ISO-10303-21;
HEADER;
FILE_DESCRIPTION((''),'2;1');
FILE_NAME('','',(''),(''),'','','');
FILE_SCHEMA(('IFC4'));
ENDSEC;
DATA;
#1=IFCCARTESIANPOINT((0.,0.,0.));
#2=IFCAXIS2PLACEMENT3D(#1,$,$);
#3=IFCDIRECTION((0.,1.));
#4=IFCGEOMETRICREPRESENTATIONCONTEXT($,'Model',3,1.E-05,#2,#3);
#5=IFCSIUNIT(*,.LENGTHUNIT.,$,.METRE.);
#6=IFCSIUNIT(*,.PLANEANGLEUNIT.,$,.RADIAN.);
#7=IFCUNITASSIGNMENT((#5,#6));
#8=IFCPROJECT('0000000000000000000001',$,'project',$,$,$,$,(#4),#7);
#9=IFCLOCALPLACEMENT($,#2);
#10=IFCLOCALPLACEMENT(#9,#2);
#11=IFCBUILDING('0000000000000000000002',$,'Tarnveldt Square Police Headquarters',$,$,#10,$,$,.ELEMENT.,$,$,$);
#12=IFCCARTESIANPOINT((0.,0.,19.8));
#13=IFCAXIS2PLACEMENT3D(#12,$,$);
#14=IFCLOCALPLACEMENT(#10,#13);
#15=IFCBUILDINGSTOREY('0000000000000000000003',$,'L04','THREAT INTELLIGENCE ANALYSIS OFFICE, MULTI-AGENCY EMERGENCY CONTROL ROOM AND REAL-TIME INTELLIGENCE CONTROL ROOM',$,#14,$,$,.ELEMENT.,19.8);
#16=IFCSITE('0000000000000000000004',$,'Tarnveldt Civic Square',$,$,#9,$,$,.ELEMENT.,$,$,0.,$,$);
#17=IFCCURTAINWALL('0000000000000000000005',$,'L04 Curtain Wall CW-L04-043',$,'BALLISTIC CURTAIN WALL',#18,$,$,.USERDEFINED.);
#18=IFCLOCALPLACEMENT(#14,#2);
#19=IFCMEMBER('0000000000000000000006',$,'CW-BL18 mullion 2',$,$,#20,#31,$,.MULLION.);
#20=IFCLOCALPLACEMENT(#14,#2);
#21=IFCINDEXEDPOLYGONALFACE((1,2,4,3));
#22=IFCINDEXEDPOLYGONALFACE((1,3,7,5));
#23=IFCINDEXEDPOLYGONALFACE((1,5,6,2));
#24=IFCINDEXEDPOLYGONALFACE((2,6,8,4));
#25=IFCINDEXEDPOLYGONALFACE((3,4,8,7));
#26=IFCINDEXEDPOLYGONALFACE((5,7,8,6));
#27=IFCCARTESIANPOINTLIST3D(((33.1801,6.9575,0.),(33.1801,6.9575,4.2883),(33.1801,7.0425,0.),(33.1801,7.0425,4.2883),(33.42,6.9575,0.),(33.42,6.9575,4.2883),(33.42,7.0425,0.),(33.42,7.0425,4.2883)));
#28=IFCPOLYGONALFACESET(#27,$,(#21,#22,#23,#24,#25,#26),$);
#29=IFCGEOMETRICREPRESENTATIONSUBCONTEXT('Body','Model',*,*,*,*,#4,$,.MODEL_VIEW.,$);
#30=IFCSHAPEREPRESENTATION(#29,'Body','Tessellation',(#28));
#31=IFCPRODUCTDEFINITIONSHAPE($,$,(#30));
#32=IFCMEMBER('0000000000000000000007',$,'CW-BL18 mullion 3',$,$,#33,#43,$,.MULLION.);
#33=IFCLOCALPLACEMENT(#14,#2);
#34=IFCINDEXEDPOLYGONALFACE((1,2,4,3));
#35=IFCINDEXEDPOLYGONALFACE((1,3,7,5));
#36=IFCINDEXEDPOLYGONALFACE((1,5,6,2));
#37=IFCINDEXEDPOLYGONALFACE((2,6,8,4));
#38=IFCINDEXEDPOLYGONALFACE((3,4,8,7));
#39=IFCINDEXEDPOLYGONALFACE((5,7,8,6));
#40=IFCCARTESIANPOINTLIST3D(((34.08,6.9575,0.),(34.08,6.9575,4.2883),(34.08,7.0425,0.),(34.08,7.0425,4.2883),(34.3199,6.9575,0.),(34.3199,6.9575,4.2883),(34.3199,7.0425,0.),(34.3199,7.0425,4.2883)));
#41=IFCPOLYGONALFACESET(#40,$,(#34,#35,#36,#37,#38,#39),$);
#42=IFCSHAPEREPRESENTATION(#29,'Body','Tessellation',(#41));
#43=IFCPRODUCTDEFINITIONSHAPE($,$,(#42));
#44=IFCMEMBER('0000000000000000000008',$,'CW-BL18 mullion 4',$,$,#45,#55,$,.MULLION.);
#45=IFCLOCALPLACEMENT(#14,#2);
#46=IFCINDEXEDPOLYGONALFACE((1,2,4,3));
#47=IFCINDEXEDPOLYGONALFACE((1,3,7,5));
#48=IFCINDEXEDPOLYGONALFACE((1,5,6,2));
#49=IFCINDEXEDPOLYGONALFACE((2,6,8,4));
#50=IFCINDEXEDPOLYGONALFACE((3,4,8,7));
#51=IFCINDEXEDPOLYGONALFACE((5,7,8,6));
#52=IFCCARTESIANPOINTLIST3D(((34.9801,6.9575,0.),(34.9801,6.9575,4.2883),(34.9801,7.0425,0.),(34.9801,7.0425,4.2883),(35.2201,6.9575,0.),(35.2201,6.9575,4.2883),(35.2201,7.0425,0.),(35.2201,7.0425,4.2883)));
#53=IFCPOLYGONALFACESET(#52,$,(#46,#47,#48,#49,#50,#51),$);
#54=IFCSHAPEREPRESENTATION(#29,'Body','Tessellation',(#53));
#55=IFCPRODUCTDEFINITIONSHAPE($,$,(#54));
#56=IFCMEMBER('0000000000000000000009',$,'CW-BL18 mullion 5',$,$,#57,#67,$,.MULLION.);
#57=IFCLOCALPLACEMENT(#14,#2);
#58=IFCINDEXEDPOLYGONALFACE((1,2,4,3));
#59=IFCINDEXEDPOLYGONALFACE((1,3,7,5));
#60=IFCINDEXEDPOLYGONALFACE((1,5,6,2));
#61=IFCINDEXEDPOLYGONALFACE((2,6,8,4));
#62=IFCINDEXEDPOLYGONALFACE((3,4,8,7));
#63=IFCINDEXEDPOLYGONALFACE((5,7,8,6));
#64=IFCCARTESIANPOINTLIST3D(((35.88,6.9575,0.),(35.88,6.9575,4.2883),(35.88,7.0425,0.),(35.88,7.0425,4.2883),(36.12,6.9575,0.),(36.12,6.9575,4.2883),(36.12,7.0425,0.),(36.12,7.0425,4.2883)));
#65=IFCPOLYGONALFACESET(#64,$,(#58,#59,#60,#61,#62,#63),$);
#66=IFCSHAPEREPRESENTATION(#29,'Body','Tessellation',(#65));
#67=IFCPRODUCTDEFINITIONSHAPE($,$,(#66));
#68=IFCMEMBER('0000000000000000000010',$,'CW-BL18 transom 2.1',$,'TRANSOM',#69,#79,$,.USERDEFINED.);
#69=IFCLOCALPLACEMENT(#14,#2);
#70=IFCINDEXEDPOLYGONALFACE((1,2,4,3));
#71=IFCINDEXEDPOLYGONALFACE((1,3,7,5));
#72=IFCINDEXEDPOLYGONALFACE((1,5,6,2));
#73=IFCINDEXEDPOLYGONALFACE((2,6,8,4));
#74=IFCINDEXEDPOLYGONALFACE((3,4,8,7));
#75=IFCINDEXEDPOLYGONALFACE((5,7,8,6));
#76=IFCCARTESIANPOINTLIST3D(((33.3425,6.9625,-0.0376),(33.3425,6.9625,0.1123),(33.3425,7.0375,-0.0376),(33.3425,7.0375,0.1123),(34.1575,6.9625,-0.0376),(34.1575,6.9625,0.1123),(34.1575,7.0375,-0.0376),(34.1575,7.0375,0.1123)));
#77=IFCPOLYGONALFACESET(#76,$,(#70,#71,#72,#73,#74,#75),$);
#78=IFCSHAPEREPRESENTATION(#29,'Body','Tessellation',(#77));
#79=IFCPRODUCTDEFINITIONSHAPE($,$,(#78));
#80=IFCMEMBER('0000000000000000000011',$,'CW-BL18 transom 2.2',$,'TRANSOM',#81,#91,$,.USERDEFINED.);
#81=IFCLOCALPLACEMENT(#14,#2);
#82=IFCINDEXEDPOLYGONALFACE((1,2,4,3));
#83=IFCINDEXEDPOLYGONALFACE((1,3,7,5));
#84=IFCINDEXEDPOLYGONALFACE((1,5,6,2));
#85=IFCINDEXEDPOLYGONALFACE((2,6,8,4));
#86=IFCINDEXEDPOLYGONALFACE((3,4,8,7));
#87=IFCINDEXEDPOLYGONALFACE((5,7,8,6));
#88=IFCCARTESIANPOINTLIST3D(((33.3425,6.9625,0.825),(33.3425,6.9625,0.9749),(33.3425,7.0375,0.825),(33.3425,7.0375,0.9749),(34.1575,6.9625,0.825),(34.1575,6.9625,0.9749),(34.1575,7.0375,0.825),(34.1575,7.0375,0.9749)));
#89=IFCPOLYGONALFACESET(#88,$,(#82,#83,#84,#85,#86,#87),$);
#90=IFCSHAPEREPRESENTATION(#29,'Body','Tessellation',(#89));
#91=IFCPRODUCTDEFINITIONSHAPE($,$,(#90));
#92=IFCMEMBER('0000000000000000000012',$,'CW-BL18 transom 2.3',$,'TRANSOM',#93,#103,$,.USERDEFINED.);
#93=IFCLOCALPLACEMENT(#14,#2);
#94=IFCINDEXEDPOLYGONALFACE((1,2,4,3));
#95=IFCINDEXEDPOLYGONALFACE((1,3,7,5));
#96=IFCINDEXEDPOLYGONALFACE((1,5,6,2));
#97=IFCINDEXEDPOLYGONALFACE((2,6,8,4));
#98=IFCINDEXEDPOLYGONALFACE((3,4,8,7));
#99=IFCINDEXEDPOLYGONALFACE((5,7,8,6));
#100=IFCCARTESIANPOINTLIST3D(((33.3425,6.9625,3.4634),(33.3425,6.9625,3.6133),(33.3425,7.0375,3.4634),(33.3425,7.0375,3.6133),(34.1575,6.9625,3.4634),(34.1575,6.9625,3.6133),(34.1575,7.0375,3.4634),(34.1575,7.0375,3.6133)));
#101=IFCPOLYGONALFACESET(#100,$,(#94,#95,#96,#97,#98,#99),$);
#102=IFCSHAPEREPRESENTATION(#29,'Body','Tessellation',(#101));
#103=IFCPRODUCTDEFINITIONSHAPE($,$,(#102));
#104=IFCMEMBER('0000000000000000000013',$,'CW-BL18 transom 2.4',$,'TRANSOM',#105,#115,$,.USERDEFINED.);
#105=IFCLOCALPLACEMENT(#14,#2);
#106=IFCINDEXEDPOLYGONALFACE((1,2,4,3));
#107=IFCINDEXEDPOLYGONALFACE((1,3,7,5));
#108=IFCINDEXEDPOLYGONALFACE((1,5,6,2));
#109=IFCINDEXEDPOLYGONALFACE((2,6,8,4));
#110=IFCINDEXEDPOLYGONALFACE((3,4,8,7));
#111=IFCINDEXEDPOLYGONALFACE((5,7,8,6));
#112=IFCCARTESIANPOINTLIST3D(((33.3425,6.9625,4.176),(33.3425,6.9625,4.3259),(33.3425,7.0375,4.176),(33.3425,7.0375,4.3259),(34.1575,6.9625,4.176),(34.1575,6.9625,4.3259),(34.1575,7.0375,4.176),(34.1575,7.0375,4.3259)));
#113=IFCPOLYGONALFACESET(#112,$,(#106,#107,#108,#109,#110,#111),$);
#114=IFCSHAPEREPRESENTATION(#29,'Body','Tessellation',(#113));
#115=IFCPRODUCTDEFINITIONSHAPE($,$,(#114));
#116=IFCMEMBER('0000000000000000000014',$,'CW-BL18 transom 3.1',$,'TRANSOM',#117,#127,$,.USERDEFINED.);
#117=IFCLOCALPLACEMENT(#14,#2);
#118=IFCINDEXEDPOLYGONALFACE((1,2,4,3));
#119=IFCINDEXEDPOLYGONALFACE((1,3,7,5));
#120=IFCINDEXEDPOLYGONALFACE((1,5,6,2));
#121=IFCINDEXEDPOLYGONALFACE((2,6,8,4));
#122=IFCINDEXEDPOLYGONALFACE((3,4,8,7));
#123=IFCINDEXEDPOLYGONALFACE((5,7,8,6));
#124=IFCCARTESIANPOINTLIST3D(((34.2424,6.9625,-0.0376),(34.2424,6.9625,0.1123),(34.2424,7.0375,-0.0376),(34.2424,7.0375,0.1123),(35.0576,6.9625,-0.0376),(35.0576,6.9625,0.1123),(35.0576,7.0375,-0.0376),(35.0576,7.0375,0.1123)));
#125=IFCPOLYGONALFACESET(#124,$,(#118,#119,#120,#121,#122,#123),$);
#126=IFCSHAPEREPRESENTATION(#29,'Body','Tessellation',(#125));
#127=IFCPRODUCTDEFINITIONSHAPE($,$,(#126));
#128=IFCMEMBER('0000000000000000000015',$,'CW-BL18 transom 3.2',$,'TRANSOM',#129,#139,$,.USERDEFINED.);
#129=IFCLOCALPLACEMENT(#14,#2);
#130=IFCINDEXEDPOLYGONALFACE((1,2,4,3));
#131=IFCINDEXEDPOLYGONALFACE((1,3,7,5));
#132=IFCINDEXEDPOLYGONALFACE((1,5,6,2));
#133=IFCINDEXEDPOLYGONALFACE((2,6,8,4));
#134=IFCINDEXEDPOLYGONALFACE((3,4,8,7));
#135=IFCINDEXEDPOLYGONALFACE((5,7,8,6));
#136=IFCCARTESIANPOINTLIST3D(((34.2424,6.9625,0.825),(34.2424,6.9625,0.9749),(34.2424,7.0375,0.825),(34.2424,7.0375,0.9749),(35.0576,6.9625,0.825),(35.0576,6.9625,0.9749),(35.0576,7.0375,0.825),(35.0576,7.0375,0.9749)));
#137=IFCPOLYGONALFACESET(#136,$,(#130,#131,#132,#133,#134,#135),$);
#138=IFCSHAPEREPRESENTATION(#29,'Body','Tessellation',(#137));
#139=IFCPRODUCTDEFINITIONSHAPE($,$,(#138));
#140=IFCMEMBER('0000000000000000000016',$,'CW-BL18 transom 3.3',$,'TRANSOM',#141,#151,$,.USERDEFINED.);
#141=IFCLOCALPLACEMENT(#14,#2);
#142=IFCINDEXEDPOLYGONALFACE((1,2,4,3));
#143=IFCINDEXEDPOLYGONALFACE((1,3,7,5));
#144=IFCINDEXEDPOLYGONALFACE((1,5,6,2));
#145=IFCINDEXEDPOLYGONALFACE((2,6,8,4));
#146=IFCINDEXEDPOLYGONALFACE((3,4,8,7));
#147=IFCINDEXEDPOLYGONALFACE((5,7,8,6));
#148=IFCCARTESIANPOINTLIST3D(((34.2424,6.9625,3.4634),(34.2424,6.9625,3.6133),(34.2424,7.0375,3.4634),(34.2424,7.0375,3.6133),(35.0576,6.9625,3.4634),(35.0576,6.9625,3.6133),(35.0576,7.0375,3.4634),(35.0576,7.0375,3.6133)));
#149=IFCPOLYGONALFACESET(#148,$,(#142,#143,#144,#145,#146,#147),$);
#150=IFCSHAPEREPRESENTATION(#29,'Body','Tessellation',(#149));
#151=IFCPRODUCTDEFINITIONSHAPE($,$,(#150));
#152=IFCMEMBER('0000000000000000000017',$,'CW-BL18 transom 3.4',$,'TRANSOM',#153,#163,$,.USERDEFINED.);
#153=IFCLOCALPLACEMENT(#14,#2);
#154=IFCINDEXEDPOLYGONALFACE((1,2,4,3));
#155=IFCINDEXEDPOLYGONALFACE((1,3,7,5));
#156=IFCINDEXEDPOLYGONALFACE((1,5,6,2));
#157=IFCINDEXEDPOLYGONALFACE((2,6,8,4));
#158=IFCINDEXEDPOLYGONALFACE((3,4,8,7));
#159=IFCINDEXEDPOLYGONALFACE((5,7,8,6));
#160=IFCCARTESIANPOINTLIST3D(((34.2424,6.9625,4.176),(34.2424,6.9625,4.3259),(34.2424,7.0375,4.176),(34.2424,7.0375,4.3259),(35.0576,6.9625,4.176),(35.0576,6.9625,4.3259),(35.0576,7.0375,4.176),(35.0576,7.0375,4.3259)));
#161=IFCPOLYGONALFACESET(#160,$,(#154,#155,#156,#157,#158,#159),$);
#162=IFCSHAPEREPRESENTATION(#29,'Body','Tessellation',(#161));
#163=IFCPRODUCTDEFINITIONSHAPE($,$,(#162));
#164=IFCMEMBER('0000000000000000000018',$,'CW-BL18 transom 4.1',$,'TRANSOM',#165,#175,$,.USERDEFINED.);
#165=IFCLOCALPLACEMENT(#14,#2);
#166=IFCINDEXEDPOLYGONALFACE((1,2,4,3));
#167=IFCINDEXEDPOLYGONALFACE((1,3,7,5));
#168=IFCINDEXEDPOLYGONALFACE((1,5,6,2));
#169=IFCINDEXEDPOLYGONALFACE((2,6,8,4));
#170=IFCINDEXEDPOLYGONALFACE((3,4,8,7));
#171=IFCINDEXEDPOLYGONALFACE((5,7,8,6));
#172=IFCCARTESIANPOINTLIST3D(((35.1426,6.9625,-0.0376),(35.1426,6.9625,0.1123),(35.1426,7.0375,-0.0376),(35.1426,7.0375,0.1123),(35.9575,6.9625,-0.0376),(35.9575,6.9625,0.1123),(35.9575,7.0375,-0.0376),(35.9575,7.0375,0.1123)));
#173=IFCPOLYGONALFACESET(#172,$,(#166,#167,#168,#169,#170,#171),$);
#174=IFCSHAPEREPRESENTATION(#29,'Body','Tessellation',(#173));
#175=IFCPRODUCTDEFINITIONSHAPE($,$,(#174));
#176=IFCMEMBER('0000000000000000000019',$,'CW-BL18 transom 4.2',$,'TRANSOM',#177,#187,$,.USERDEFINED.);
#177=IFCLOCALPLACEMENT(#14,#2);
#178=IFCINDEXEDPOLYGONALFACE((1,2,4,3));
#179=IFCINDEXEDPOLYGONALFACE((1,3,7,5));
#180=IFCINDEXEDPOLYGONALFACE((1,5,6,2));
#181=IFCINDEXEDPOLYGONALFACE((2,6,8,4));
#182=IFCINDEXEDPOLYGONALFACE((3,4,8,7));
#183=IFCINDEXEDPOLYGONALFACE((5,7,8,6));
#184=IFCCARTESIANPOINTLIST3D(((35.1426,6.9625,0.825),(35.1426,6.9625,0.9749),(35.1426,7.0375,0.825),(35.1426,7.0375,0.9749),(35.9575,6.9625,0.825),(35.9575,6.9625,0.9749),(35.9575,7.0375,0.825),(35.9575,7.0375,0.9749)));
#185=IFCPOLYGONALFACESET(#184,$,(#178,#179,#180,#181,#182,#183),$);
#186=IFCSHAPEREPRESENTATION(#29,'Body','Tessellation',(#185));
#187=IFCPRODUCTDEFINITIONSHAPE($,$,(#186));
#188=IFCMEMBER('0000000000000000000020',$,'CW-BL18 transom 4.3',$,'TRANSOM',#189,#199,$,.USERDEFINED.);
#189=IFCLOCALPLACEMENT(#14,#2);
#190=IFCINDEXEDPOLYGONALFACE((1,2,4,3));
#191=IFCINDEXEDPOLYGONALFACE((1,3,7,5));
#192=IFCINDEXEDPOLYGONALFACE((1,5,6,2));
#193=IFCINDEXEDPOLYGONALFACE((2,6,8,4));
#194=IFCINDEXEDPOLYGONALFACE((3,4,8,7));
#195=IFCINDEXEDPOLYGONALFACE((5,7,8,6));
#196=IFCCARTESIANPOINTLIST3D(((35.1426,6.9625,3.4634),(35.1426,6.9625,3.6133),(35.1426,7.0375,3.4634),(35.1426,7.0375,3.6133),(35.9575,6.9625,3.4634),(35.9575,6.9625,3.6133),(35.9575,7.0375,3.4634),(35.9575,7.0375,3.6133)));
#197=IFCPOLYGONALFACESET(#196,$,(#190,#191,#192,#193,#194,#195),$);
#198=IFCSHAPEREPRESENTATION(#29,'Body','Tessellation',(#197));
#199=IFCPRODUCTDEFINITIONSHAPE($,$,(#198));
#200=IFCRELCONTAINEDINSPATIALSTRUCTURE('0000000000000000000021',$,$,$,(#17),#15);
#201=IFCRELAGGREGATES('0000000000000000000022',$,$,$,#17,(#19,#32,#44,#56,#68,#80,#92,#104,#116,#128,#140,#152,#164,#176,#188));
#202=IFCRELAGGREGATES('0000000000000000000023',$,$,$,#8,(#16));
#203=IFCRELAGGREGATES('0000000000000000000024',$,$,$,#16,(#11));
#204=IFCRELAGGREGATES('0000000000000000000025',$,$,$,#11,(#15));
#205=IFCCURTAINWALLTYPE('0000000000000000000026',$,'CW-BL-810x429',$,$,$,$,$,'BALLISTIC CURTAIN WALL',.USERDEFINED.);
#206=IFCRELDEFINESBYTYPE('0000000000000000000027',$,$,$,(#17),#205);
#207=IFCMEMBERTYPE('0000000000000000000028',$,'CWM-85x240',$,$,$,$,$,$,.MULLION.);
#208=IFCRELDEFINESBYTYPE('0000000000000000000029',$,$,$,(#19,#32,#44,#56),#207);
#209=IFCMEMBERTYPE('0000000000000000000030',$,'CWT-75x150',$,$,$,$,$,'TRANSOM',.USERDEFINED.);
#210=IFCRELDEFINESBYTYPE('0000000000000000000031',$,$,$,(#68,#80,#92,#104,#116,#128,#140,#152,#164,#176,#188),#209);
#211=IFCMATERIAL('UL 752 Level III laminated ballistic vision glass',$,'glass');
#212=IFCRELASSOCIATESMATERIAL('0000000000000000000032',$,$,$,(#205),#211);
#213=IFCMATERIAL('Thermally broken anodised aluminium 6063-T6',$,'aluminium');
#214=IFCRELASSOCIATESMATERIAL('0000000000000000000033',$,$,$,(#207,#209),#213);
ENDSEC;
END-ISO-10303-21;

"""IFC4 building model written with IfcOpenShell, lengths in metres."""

from ifc_helpers import new_model, si_unit, direction, frame, origin, origin_2d, place, context, subcontext, project, spatial, rectangle, extrude, material, material_profile, profile_set, type_object, element, aggregate, save


model = new_model("IFC4")

# Units and contexts
model_context = context("Model", 3, precision=1e-05, world=origin(), true_north=direction((0.0, 1.0)))
body_context = subcontext(model_context, "Body", "Model", "MODEL_VIEW")
ifc_project = project(units=[si_unit("LENGTHUNIT", "METRE"), si_unit("PLANEANGLEUNIT", "RADIAN")], contexts=[model_context])

# Site, building, storey
site_placement = place(None, origin())
site = spatial("IfcSite", under=ifc_project, at=site_placement, Name="Tarnveldt Civic Square", CompositionType="ELEMENT", RefElevation=0.0)
building_placement = place(site_placement, origin())
building = spatial("IfcBuilding", under=site, at=building_placement, Name="Tarnveldt Square Police Headquarters", CompositionType="ELEMENT")
storey_placement = place(building_placement, frame((0.0, 0.0, 19.8)))
storey = spatial("IfcBuildingStorey", under=building, at=storey_placement, Name="L04", Description="THREAT INTELLIGENCE ANALYSIS OFFICE, MULTI-AGENCY EMERGENCY CONTROL ROOM AND REAL-TIME INTELLIGENCE CONTROL ROOM", CompositionType="ELEMENT", Elevation=19.8)

# Curtain wall, members
ifc_material_1 = material(Name="UL 752 Level III laminated ballistic vision glass", Category="glass")
curtain_wall_type = type_object("IfcCurtainWallType", Name="CW-BL-810x429", ElementType="BALLISTIC CURTAIN WALL", PredefinedType="USERDEFINED", material=ifc_material_1)
curtain_wall_placement = place(storey_placement, origin())
curtain_wall = element("IfcCurtainWall", 1, at=curtain_wall_placement, inside=storey, type_object=curtain_wall_type, Name="L04 Curtain Wall CW-L04-043", ObjectType="BALLISTIC CURTAIN WALL", PredefinedType="USERDEFINED")
ifc_material_2 = material(Name="Thermally broken anodised aluminium 6063-T6", Category="aluminium")
ifc_material_profile_1 = material_profile(ifc_material_2, rectangle(XDim=0.085, YDim=0.24, at=origin_2d()), Name="CW-M85x240")
ifc_profile_set_1 = profile_set([ifc_material_profile_1], Name="Thermally broken anodised aluminium 6063-T6")
member_type_1 = type_object("IfcMemberType", Name="CWM-85x240", PredefinedType="MULLION", material=ifc_profile_set_1)
member_1_placement = place(storey_placement, frame((33.3, 7.0, 0.0), z_axis=(0.0, 0.0, 1.0), x_axis=(0.0, 1.0, 0.0)))
member_1 = element("IfcMember", 2, at=member_1_placement, type_object=member_type_1, Name="CW-BL18 mullion 2", PredefinedType="MULLION", context=body_context, shape_type="SweptSolid", body=[
    extrude(rectangle(XDim=0.085, YDim=0.24, at=origin_2d()), origin(), (0.0, 0.0, 1.0), 4.2883),
])
member_2_placement = place(storey_placement, frame((34.2, 7.0, 0.0), z_axis=(0.0, 0.0, 1.0), x_axis=(0.0, 1.0, 0.0)))
member_2 = element("IfcMember", 3, at=member_2_placement, type_object=member_type_1, Name="CW-BL18 mullion 3", PredefinedType="MULLION", context=body_context, shape_type="SweptSolid", body=[
    extrude(rectangle(XDim=0.085, YDim=0.24, at=origin_2d()), origin(), (0.0, 0.0, 1.0), 4.2883),
])
member_3_placement = place(storey_placement, frame((35.1001, 7.0, 0.0), z_axis=(0.0, 0.0, 1.0), x_axis=(0.0, 1.0, 0.0)))
member_3 = element("IfcMember", 4, at=member_3_placement, type_object=member_type_1, Name="CW-BL18 mullion 4", PredefinedType="MULLION", context=body_context, shape_type="SweptSolid", body=[
    extrude(rectangle(XDim=0.085, YDim=0.24, at=origin_2d()), origin(), (0.0, 0.0, 1.0), 4.2883),
])
member_4_placement = place(storey_placement, frame((36.0, 7.0, 0.0), z_axis=(0.0, 0.0, 1.0), x_axis=(0.0, 1.0, 0.0)))
member_4 = element("IfcMember", 5, at=member_4_placement, type_object=member_type_1, Name="CW-BL18 mullion 5", PredefinedType="MULLION", context=body_context, shape_type="SweptSolid", body=[
    extrude(rectangle(XDim=0.085, YDim=0.24, at=origin_2d()), origin(), (0.0, 0.0, 1.0), 4.2883),
])
ifc_material_profile_2 = material_profile(ifc_material_2, rectangle(XDim=0.075, YDim=0.1499, at=origin_2d()), Name="CW-T75x150")
ifc_profile_set_2 = profile_set([ifc_material_profile_2], Name="Thermally broken anodised aluminium 6063-T6")
member_type_2 = type_object("IfcMemberType", Name="CWT-75x150", ElementType="TRANSOM", PredefinedType="USERDEFINED", material=ifc_profile_set_2)
member_5_placement = place(storey_placement, frame((33.3425, 7.0, 0.0374), z_axis=(1.0, 0.0, 0.0), x_axis=(0.0, 1.0, 0.0)))
member_5 = element("IfcMember", 6, at=member_5_placement, type_object=member_type_2, Name="CW-BL18 transom 2.1", ObjectType="TRANSOM", PredefinedType="USERDEFINED", context=body_context, shape_type="SweptSolid", body=[
    extrude(rectangle(XDim=0.075, YDim=0.1499, at=origin_2d()), origin(), (0.0, 0.0, 1.0), 0.8149),
])
member_6_placement = place(storey_placement, frame((33.3425, 7.0, 0.8999), z_axis=(1.0, 0.0, 0.0), x_axis=(0.0, 1.0, 0.0)))
member_6 = element("IfcMember", 7, at=member_6_placement, type_object=member_type_2, Name="CW-BL18 transom 2.2", ObjectType="TRANSOM", PredefinedType="USERDEFINED", context=body_context, shape_type="SweptSolid", body=[
    extrude(rectangle(XDim=0.075, YDim=0.1499, at=origin_2d()), origin(), (0.0, 0.0, 1.0), 0.8149),
])
member_7_placement = place(storey_placement, frame((33.3425, 7.0, 3.5383), z_axis=(1.0, 0.0, 0.0), x_axis=(0.0, 1.0, 0.0)))
member_7 = element("IfcMember", 8, at=member_7_placement, type_object=member_type_2, Name="CW-BL18 transom 2.3", ObjectType="TRANSOM", PredefinedType="USERDEFINED", context=body_context, shape_type="SweptSolid", body=[
    extrude(rectangle(XDim=0.075, YDim=0.1499, at=origin_2d()), origin(), (0.0, 0.0, 1.0), 0.8149),
])
member_8_placement = place(storey_placement, frame((33.3425, 7.0, 4.251), z_axis=(1.0, 0.0, 0.0), x_axis=(0.0, 1.0, 0.0)))
member_8 = element("IfcMember", 9, at=member_8_placement, type_object=member_type_2, Name="CW-BL18 transom 2.4", ObjectType="TRANSOM", PredefinedType="USERDEFINED", context=body_context, shape_type="SweptSolid", body=[
    extrude(rectangle(XDim=0.075, YDim=0.1499, at=origin_2d()), origin(), (0.0, 0.0, 1.0), 0.8149),
])
member_9_placement = place(storey_placement, frame((34.2424, 7.0, 0.0374), z_axis=(1.0, 0.0, 0.0), x_axis=(0.0, 1.0, 0.0)))
member_9 = element("IfcMember", 10, at=member_9_placement, type_object=member_type_2, Name="CW-BL18 transom 3.1", ObjectType="TRANSOM", PredefinedType="USERDEFINED", context=body_context, shape_type="SweptSolid", body=[
    extrude(rectangle(XDim=0.075, YDim=0.1499, at=origin_2d()), origin(), (0.0, 0.0, 1.0), 0.8152),
])
member_10_placement = place(storey_placement, frame((34.2424, 7.0, 0.8999), z_axis=(1.0, 0.0, 0.0), x_axis=(0.0, 1.0, 0.0)))
member_10 = element("IfcMember", 11, at=member_10_placement, type_object=member_type_2, Name="CW-BL18 transom 3.2", ObjectType="TRANSOM", PredefinedType="USERDEFINED", context=body_context, shape_type="SweptSolid", body=[
    extrude(rectangle(XDim=0.075, YDim=0.1499, at=origin_2d()), origin(), (0.0, 0.0, 1.0), 0.8152),
])
member_11_placement = place(storey_placement, frame((34.2424, 7.0, 3.5383), z_axis=(1.0, 0.0, 0.0), x_axis=(0.0, 1.0, 0.0)))
member_11 = element("IfcMember", 12, at=member_11_placement, type_object=member_type_2, Name="CW-BL18 transom 3.3", ObjectType="TRANSOM", PredefinedType="USERDEFINED", context=body_context, shape_type="SweptSolid", body=[
    extrude(rectangle(XDim=0.075, YDim=0.1499, at=origin_2d()), origin(), (0.0, 0.0, 1.0), 0.8152),
])
member_12_placement = place(storey_placement, frame((34.2424, 7.0, 4.251), z_axis=(1.0, 0.0, 0.0), x_axis=(0.0, 1.0, 0.0)))
member_12 = element("IfcMember", 13, at=member_12_placement, type_object=member_type_2, Name="CW-BL18 transom 3.4", ObjectType="TRANSOM", PredefinedType="USERDEFINED", context=body_context, shape_type="SweptSolid", body=[
    extrude(rectangle(XDim=0.075, YDim=0.1499, at=origin_2d()), origin(), (0.0, 0.0, 1.0), 0.8152),
])
member_13_placement = place(storey_placement, frame((35.1426, 7.0, 0.0374), z_axis=(1.0, 0.0, 0.0), x_axis=(0.0, 1.0, 0.0)))
member_13 = element("IfcMember", 14, at=member_13_placement, type_object=member_type_2, Name="CW-BL18 transom 4.1", ObjectType="TRANSOM", PredefinedType="USERDEFINED", context=body_context, shape_type="SweptSolid", body=[
    extrude(rectangle(XDim=0.075, YDim=0.1499, at=origin_2d()), origin(), (0.0, 0.0, 1.0), 0.8149),
])
member_14_placement = place(storey_placement, frame((35.1426, 7.0, 0.8999), z_axis=(1.0, 0.0, 0.0), x_axis=(0.0, 1.0, 0.0)))
member_14 = element("IfcMember", 15, at=member_14_placement, type_object=member_type_2, Name="CW-BL18 transom 4.2", ObjectType="TRANSOM", PredefinedType="USERDEFINED", context=body_context, shape_type="SweptSolid", body=[
    extrude(rectangle(XDim=0.075, YDim=0.1499, at=origin_2d()), origin(), (0.0, 0.0, 1.0), 0.8149),
])
member_15_placement = place(storey_placement, frame((35.1426, 7.0, 3.5383), z_axis=(1.0, 0.0, 0.0), x_axis=(0.0, 1.0, 0.0)))
member_15 = element("IfcMember", 16, at=member_15_placement, type_object=member_type_2, Name="CW-BL18 transom 4.3", ObjectType="TRANSOM", PredefinedType="USERDEFINED", context=body_context, shape_type="SweptSolid", body=[
    extrude(rectangle(XDim=0.075, YDim=0.1499, at=origin_2d()), origin(), (0.0, 0.0, 1.0), 0.8149),
])

aggregate(curtain_wall, [member_1, member_2, member_3, member_4, member_5, member_6, member_7, member_8, member_9, member_10, member_11, member_12, member_13, member_14, member_15])

save(model, "model.ifc")
